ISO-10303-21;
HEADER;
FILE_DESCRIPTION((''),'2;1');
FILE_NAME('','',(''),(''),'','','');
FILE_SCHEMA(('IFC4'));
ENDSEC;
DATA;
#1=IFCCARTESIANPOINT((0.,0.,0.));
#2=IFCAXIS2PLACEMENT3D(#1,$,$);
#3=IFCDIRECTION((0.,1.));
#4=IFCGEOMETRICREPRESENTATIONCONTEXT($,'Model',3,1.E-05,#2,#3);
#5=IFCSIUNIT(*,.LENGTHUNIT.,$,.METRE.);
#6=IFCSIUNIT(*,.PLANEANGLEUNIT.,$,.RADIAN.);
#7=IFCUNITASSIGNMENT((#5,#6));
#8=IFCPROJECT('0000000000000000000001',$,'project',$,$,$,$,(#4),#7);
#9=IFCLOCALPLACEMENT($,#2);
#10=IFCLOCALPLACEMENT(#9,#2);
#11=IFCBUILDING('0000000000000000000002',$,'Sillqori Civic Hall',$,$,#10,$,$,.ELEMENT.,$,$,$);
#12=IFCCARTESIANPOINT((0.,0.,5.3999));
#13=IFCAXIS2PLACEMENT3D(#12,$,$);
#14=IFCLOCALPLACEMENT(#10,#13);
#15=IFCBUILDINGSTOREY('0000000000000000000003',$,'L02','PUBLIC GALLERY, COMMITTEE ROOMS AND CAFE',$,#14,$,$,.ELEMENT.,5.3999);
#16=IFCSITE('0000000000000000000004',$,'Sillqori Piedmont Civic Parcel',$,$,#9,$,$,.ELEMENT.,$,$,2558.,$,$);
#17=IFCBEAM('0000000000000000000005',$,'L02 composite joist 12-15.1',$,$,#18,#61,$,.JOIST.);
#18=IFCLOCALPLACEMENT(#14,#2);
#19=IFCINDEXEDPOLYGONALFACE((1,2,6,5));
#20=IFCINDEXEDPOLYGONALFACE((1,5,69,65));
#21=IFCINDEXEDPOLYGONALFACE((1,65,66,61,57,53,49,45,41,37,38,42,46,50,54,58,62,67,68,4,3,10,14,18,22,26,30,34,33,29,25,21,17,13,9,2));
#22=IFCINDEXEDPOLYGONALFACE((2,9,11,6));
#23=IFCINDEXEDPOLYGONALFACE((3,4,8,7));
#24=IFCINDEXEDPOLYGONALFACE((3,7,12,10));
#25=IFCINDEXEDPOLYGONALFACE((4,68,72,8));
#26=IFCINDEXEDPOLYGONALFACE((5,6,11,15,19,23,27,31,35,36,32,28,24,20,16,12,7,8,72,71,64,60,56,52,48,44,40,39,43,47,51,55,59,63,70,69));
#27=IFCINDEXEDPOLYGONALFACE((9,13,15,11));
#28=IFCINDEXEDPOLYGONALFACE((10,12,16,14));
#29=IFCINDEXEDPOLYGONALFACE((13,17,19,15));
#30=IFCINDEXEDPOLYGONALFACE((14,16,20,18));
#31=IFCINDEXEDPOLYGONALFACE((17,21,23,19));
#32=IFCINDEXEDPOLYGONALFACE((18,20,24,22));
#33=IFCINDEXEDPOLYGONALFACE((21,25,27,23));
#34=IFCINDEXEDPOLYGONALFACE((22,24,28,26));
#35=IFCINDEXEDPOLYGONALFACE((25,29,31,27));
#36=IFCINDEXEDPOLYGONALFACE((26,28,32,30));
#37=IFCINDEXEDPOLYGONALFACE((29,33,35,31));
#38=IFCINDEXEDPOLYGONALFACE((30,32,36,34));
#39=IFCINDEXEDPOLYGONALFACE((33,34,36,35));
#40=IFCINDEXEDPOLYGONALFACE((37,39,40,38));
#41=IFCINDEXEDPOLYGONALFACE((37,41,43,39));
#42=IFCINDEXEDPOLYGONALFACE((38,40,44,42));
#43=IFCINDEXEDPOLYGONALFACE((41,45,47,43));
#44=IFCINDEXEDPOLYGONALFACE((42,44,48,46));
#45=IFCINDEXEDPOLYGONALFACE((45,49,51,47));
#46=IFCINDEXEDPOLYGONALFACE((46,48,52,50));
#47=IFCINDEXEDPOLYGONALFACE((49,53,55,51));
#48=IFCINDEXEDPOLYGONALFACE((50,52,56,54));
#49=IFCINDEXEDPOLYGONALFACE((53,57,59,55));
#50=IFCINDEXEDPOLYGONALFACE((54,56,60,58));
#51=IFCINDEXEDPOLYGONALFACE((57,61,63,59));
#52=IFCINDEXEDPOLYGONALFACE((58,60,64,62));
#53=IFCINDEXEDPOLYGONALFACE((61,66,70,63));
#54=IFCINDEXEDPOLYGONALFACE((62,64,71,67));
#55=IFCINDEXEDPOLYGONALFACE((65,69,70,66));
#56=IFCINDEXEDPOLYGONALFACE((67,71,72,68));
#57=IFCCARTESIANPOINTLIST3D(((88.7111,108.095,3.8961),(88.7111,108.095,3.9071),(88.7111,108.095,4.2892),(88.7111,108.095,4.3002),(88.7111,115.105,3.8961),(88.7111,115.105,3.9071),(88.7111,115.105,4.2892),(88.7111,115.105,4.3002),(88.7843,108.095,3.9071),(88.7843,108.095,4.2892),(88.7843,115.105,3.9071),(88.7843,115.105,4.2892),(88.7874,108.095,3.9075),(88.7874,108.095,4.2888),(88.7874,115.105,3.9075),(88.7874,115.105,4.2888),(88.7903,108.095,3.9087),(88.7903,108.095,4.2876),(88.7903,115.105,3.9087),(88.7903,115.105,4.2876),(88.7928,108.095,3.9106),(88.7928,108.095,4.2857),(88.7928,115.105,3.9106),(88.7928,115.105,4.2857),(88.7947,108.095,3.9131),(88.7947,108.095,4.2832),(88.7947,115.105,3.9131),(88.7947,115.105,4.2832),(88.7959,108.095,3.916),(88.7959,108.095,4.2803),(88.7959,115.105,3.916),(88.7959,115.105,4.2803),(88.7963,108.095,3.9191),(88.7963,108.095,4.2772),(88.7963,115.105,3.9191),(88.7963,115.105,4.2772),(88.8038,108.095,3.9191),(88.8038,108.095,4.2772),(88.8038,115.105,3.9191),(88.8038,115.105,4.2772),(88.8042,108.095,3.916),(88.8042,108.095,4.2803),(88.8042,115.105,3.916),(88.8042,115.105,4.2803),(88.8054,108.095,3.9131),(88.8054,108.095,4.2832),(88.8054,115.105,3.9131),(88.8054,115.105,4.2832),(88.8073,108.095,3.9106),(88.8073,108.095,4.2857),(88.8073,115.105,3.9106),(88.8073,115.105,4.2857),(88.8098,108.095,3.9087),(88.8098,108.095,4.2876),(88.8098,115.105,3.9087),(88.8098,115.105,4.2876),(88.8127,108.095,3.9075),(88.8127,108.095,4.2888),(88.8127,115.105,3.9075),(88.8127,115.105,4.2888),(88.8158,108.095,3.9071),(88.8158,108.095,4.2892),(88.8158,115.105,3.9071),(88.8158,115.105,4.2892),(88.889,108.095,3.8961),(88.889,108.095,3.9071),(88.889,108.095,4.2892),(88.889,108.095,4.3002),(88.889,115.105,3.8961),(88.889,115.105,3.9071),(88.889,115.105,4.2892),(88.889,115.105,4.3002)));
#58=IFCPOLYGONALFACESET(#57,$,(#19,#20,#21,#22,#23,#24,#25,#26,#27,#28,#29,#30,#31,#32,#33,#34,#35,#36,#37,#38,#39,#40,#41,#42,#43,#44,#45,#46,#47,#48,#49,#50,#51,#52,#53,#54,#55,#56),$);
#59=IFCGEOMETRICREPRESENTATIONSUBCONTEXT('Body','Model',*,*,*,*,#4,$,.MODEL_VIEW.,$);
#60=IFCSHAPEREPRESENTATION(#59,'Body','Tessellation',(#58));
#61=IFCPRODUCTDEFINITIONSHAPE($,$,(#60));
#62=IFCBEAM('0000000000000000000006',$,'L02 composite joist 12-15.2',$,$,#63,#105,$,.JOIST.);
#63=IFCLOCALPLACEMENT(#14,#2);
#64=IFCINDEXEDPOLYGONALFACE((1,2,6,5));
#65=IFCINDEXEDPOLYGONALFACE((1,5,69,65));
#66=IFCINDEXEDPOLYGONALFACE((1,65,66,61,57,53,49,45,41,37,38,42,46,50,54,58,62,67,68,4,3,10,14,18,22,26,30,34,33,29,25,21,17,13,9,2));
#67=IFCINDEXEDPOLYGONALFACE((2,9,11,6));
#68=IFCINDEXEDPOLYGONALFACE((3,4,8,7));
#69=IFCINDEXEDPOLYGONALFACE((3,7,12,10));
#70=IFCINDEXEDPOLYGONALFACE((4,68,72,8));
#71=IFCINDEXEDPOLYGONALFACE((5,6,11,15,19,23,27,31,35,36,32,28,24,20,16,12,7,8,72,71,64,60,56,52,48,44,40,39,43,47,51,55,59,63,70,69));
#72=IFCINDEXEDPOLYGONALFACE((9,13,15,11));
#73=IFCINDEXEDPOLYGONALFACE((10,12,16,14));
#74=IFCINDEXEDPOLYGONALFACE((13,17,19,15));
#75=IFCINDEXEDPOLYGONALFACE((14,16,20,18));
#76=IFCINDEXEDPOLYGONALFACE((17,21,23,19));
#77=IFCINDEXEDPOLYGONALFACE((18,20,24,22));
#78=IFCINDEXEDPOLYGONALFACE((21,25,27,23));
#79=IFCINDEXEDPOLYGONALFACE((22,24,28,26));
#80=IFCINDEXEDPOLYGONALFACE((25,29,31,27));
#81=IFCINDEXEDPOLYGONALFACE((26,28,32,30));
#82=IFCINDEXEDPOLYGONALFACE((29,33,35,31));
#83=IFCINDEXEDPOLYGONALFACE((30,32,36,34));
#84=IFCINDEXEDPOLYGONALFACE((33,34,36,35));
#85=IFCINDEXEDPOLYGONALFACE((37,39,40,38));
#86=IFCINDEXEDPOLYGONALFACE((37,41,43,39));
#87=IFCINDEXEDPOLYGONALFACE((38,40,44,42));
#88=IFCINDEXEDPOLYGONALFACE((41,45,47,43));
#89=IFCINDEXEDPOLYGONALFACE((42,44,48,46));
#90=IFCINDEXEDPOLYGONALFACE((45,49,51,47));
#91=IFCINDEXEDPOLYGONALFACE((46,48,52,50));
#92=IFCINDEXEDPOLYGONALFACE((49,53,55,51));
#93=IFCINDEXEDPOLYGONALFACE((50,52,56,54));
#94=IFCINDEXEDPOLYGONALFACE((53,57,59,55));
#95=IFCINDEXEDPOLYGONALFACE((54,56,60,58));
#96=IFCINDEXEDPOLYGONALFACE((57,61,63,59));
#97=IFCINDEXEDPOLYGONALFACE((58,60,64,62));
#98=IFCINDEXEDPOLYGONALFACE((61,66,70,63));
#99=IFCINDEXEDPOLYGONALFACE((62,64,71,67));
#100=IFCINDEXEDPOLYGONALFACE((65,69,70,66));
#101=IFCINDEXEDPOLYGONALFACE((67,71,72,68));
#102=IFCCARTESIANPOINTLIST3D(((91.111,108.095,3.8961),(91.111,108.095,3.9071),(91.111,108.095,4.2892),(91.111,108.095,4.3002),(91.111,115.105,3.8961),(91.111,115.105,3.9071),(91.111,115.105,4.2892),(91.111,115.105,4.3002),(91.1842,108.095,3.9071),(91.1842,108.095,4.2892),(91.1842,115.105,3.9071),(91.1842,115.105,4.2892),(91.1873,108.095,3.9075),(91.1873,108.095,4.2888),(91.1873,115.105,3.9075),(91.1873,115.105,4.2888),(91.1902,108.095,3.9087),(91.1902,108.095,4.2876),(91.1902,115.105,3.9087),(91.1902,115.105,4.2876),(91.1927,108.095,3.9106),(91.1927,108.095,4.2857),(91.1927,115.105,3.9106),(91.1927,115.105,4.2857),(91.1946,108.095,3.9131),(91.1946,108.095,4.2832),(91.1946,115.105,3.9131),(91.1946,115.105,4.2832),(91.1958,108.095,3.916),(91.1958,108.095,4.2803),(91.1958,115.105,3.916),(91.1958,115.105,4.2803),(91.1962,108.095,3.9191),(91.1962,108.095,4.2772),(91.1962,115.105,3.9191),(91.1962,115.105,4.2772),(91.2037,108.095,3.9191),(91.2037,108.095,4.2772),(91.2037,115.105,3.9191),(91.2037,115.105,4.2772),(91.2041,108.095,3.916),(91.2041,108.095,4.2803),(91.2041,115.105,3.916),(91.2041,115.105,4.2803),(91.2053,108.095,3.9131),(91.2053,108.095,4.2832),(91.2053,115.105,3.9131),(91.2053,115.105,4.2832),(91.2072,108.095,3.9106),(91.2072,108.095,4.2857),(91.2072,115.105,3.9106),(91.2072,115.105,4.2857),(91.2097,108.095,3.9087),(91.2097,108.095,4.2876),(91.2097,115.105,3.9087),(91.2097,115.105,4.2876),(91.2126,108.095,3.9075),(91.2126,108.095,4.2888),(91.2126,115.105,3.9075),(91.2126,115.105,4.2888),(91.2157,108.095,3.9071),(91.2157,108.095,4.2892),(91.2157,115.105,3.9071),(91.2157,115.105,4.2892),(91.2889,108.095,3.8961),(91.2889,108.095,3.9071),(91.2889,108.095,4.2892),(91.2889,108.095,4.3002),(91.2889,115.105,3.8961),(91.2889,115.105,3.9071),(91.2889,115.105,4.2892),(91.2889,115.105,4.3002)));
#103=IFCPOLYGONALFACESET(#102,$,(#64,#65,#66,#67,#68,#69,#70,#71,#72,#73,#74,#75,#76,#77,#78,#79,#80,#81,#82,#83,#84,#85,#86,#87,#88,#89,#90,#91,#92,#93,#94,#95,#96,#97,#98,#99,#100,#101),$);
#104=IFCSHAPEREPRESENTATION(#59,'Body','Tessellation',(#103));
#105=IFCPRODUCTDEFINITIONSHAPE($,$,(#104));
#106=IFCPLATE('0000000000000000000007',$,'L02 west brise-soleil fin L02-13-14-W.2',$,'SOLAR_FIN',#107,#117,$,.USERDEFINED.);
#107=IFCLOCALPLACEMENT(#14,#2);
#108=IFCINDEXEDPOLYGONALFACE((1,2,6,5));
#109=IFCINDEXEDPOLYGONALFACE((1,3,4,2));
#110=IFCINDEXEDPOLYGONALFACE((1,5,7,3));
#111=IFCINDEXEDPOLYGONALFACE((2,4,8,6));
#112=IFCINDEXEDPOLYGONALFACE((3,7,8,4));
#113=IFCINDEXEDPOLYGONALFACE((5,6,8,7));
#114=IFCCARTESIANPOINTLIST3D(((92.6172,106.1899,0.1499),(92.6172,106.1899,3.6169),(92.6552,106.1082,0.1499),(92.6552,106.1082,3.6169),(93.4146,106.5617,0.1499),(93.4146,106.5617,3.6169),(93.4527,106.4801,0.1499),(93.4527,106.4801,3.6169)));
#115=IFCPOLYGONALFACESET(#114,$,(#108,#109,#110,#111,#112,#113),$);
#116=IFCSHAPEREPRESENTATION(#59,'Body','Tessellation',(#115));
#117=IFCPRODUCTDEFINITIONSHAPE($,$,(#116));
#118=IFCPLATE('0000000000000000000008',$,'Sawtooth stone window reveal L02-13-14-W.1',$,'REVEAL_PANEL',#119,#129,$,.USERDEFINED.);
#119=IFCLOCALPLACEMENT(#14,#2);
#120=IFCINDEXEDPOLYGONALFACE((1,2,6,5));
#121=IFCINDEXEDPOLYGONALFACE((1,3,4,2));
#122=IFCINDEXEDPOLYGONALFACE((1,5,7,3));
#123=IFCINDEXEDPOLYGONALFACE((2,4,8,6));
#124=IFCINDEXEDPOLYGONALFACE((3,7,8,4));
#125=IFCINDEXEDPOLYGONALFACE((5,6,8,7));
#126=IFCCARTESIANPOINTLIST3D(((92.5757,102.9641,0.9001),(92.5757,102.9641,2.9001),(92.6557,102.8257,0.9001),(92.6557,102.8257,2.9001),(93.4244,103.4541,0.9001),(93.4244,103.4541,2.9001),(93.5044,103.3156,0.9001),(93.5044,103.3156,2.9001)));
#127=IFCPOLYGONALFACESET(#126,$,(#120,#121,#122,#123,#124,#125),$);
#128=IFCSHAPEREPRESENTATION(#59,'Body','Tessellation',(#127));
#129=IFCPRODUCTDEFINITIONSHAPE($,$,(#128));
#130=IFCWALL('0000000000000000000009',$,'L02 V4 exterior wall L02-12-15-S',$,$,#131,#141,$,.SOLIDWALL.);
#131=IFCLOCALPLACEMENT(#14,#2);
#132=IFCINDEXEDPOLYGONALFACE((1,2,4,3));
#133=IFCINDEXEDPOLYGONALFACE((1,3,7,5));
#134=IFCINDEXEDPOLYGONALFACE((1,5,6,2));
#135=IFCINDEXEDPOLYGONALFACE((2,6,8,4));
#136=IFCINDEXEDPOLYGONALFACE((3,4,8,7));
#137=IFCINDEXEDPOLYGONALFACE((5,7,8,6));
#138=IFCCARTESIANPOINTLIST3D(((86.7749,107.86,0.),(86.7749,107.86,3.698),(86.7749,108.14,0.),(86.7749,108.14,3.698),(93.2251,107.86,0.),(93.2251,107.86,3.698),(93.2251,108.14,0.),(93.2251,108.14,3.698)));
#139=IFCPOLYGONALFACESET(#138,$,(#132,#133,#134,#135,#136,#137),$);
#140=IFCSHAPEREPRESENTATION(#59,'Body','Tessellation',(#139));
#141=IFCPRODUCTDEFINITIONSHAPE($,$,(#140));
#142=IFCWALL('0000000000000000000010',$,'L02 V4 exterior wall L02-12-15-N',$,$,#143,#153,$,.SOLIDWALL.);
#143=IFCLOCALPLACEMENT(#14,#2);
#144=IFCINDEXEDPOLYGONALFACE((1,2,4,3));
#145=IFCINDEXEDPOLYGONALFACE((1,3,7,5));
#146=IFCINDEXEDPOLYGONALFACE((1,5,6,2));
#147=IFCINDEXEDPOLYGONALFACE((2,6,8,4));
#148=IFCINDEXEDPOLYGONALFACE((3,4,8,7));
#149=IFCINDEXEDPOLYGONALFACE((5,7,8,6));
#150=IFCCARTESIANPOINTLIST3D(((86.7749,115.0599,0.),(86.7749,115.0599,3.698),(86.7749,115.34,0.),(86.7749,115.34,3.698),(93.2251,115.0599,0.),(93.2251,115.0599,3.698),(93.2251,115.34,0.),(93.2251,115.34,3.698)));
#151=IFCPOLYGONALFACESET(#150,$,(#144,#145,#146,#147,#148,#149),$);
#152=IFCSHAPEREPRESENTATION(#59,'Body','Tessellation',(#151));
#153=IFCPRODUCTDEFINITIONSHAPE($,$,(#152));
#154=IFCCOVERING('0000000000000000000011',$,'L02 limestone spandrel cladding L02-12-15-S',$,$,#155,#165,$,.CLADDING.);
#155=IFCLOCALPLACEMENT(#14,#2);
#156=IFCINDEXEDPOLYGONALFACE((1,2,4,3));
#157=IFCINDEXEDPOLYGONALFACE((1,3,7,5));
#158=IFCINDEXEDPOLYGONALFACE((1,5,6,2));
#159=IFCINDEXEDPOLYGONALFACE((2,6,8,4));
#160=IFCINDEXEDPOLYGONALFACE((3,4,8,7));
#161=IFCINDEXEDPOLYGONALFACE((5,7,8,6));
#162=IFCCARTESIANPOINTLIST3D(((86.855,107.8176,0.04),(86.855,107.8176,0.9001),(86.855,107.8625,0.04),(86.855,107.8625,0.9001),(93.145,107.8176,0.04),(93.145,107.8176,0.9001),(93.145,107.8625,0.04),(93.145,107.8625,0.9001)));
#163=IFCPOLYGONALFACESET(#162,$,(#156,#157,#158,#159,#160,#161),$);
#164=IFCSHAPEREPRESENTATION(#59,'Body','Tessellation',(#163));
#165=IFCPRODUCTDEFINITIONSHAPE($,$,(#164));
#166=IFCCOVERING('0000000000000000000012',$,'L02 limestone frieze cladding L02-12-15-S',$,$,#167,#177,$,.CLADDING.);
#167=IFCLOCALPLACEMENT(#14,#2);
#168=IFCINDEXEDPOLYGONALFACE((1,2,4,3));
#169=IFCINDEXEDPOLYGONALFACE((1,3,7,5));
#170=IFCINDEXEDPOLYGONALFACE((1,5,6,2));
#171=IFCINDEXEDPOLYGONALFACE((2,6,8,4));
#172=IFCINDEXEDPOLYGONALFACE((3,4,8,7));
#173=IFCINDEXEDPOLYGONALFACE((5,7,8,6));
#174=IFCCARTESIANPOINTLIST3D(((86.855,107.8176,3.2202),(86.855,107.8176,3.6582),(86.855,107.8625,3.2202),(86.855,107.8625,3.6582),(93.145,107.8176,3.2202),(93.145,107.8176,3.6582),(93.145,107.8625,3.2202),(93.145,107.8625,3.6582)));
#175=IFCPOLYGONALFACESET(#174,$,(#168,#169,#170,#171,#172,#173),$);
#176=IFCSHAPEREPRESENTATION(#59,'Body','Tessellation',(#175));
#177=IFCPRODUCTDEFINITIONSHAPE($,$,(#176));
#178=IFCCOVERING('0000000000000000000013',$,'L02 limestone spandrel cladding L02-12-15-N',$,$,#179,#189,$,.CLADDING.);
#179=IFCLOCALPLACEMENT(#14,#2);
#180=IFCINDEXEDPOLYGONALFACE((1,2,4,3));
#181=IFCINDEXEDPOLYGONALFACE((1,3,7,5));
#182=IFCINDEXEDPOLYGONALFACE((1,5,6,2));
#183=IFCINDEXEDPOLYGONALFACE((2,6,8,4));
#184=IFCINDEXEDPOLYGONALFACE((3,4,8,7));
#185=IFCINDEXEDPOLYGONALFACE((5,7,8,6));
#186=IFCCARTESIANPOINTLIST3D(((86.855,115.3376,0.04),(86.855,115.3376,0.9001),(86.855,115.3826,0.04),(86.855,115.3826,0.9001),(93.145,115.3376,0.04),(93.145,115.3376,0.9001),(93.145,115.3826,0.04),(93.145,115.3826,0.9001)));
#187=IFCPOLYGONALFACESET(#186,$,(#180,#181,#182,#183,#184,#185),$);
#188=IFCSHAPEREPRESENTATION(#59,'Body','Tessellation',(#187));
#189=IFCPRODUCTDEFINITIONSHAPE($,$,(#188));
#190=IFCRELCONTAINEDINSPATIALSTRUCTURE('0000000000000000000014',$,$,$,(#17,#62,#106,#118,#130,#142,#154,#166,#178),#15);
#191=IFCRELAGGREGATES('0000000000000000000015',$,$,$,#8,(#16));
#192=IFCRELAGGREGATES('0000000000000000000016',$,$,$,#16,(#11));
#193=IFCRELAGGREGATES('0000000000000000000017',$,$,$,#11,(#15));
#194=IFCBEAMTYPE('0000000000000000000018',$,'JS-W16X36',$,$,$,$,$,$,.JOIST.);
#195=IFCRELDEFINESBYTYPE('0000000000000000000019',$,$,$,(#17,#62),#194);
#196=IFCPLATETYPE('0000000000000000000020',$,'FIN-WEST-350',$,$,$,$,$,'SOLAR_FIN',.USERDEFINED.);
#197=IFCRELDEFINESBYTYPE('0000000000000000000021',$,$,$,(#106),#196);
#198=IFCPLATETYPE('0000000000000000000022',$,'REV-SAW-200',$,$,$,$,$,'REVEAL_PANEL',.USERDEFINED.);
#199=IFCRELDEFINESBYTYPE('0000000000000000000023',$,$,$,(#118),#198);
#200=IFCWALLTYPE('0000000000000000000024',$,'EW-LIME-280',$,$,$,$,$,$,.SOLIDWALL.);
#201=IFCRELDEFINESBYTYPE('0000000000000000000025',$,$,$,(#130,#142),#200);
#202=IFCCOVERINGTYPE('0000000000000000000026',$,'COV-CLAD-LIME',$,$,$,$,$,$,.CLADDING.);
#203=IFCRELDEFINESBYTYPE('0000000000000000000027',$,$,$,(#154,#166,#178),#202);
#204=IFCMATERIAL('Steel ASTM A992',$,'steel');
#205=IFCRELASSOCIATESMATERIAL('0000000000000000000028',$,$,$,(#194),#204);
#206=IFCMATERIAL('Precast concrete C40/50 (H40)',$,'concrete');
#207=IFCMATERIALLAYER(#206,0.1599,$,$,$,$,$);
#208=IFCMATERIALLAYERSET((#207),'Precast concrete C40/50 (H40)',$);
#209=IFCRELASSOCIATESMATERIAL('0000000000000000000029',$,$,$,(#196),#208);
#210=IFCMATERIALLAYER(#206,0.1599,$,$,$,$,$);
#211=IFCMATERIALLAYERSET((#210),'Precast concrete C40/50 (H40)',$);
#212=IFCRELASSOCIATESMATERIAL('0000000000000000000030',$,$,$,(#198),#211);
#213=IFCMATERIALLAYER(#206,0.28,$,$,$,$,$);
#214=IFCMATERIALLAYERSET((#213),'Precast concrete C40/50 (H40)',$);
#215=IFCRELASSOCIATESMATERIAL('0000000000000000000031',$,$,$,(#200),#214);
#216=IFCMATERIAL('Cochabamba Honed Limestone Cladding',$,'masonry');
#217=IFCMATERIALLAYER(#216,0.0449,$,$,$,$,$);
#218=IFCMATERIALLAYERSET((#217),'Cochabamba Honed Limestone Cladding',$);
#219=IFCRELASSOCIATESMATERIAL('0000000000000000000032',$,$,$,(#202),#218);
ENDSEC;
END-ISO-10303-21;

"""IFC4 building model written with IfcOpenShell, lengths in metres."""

from ifc_helpers import new_model, si_unit, direction, frame, frame_2d, origin, origin_2d, place, context, subcontext, project, spatial, rectangle, i_section, extrude, material, layer, layer_set, material_profile, profile_set, type_object, element, save


model = new_model("IFC4")

# Units and contexts
model_context = context("Model", 3, precision=1e-05, world=origin(), true_north=direction((0.0, 1.0)))
body_context = subcontext(model_context, "Body", "Model", "MODEL_VIEW")
ifc_project = project(units=[si_unit("LENGTHUNIT", "METRE"), si_unit("PLANEANGLEUNIT", "RADIAN")], contexts=[model_context])

# Site, building, storey
site_placement = place(None, origin())
site = spatial("IfcSite", under=ifc_project, at=site_placement, Name="Sillqori Piedmont Civic Parcel", CompositionType="ELEMENT", RefElevation=2558.0)
building_placement = place(site_placement, origin())
building = spatial("IfcBuilding", under=site, at=building_placement, Name="Sillqori Civic Hall", CompositionType="ELEMENT")
storey_placement = place(building_placement, frame((0.0, 0.0, 5.3999)))
storey = spatial("IfcBuildingStorey", under=building, at=storey_placement, Name="L02", Description="PUBLIC GALLERY, COMMITTEE ROOMS AND CAFE", CompositionType="ELEMENT", Elevation=5.3999)

# Beams
ifc_material_1 = material(Name="Steel ASTM A992", Category="steel")
ifc_material_profile_1 = material_profile(ifc_material_1, i_section(OverallWidth=0.178, OverallDepth=0.4041, WebThickness=0.0076, FlangeThickness=0.011, FilletRadius=0.012, at=origin_2d()), Name="W16X36")
ifc_profile_set_1 = profile_set([ifc_material_profile_1], Name="Steel ASTM A992")
beam_type_1 = type_object("IfcBeamType", Name="JS-W16X36", PredefinedType="JOIST", material=ifc_profile_set_1)
for number, where, z_axis, x_axis, name in (
    (1, (88.8, 108.095, 4.0981), (0.0, 1.0, 0.0), (-1.0, 0.0, 0.0), "L02 composite joist 12-15.1"),
    (2, (91.2, 108.095, 4.0981), (0.0, 1.0, 0.0), (-1.0, 0.0, 0.0), "L02 composite joist 12-15.2"),
):
    element("IfcBeam", number, at=place(storey_placement, frame(where, z_axis=z_axis, x_axis=x_axis)), inside=storey, type_object=beam_type_1, Name=name, PredefinedType="JOIST", context=body_context, shape_type="SweptSolid", body=[
        extrude(i_section(OverallWidth=0.178, OverallDepth=0.4041, WebThickness=0.0076, FlangeThickness=0.011, FilletRadius=0.012, at=origin_2d()), origin(), (0.0, 0.0, 1.0), 7.01),
    ])

# Plates
ifc_material_2 = material(Name="Precast concrete C40/50 (H40)", Category="concrete")
ifc_layer_1 = layer(ifc_material_2, 0.1599)
ifc_layer_set_1 = layer_set([ifc_layer_1], Name="Precast concrete C40/50 (H40)")
plate_type_1 = type_object("IfcPlateType", Name="FIN-WEST-350", ElementType="SOLAR_FIN", PredefinedType="USERDEFINED", material=ifc_layer_set_1)
plate_1_placement = place(storey_placement, frame((93.0349, 106.335, 0.1499), z_axis=(0.0, 0.0, 1.0), x_axis=(-0.422618, 0.906308, 0.0)))
element("IfcPlate", 3, at=plate_1_placement, inside=storey, type_object=plate_type_1, Name="L02 west brise-soleil fin L02-13-14-W.2", ObjectType="SOLAR_FIN", PredefinedType="USERDEFINED", context=body_context, shape_type="SweptSolid", body=[
    extrude(rectangle(XDim=0.0901, YDim=0.8799, at=origin_2d()), origin(), (0.0, 0.0, 1.0), 3.467),
])
ifc_layer_2 = layer(ifc_material_2, 0.1599)
ifc_layer_set_2 = layer_set([ifc_layer_2], Name="Precast concrete C40/50 (H40)")
plate_type_2 = type_object("IfcPlateType", Name="REV-SAW-200", ElementType="REVEAL_PANEL", PredefinedType="USERDEFINED", material=ifc_layer_set_2)
plate_2_placement = place(storey_placement, frame((93.04, 103.1399, 0.9001), z_axis=(0.0, 0.0, 1.0), x_axis=(-0.5, 0.866025, 0.0)))
element("IfcPlate", 4, at=plate_2_placement, inside=storey, type_object=plate_type_2, Name="Sawtooth stone window reveal L02-13-14-W.1", ObjectType="REVEAL_PANEL", PredefinedType="USERDEFINED", context=body_context, shape_type="SweptSolid", body=[
    extrude(rectangle(XDim=0.1599, YDim=0.98, at=origin_2d()), origin(), (0.0, 0.0, 1.0), 2.0),
])

# Walls
ifc_layer_3 = layer(ifc_material_2, 0.28)
ifc_layer_set_3 = layer_set([ifc_layer_3], Name="Precast concrete C40/50 (H40)")
wall_type = type_object("IfcWallType", Name="EW-LIME-280", PredefinedType="SOLIDWALL", material=ifc_layer_set_3)
for number, where, z_axis, x_axis, name in (
    (5, (93.2251, 108.0, 0.0), (0.0, 0.0, 1.0), (-1.0, 0.0, 0.0), "L02 V4 exterior wall L02-12-15-S"),
    (6, (86.7749, 115.2, 0.0), (0.0, 0.0, 1.0), (1.0, 0.0, 0.0), "L02 V4 exterior wall L02-12-15-N"),
):
    element("IfcWall", number, at=place(storey_placement, frame(where, z_axis=z_axis, x_axis=x_axis)), inside=storey, type_object=wall_type, Name=name, PredefinedType="SOLIDWALL", context=body_context, shape_type="SweptSolid", body=[
        extrude(rectangle(XDim=6.4502, YDim=0.28, at=frame_2d((3.2251, 0.0))), origin(), (0.0, 0.0, 1.0), 3.698),
    ])

# Coverings
ifc_material_3 = material(Name="Cochabamba Honed Limestone Cladding", Category="masonry")
ifc_layer_4 = layer(ifc_material_3, 0.0449)
ifc_layer_set_4 = layer_set([ifc_layer_4], Name="Cochabamba Honed Limestone Cladding")
covering_type = type_object("IfcCoveringType", Name="COV-CLAD-LIME", PredefinedType="CLADDING", material=ifc_layer_set_4)
covering_1_placement = place(storey_placement, frame((93.145, 107.8401, 0.04), z_axis=(0.0, 0.0, 1.0), x_axis=(-1.0, 0.0, 0.0)))
element("IfcCovering", 7, at=covering_1_placement, inside=storey, type_object=covering_type, Name="L02 limestone spandrel cladding L02-12-15-S", PredefinedType="CLADDING", context=body_context, shape_type="SweptSolid", body=[
    extrude(rectangle(XDim=6.29, YDim=0.0449, at=frame_2d((3.145, 0.0))), origin(), (0.0, 0.0, 1.0), 0.8601),
])
covering_2_placement = place(storey_placement, frame((93.145, 107.8401, 3.2202), z_axis=(0.0, 0.0, 1.0), x_axis=(-1.0, 0.0, 0.0)))
element("IfcCovering", 8, at=covering_2_placement, inside=storey, type_object=covering_type, Name="L02 limestone frieze cladding L02-12-15-S", PredefinedType="CLADDING", context=body_context, shape_type="SweptSolid", body=[
    extrude(rectangle(XDim=6.29, YDim=0.0449, at=frame_2d((3.145, 0.0))), origin(), (0.0, 0.0, 1.0), 0.438),
])
covering_3_placement = place(storey_placement, frame((86.855, 115.3601, 0.04), z_axis=(0.0, 0.0, 1.0), x_axis=(1.0, 0.0, 0.0)))
element("IfcCovering", 9, at=covering_3_placement, inside=storey, type_object=covering_type, Name="L02 limestone spandrel cladding L02-12-15-N", PredefinedType="CLADDING", context=body_context, shape_type="SweptSolid", body=[
    extrude(rectangle(XDim=6.29, YDim=0.0449, at=frame_2d((3.145, 0.0))), origin(), (0.0, 0.0, 1.0), 0.8601),
])

save(model, "model.ifc")
